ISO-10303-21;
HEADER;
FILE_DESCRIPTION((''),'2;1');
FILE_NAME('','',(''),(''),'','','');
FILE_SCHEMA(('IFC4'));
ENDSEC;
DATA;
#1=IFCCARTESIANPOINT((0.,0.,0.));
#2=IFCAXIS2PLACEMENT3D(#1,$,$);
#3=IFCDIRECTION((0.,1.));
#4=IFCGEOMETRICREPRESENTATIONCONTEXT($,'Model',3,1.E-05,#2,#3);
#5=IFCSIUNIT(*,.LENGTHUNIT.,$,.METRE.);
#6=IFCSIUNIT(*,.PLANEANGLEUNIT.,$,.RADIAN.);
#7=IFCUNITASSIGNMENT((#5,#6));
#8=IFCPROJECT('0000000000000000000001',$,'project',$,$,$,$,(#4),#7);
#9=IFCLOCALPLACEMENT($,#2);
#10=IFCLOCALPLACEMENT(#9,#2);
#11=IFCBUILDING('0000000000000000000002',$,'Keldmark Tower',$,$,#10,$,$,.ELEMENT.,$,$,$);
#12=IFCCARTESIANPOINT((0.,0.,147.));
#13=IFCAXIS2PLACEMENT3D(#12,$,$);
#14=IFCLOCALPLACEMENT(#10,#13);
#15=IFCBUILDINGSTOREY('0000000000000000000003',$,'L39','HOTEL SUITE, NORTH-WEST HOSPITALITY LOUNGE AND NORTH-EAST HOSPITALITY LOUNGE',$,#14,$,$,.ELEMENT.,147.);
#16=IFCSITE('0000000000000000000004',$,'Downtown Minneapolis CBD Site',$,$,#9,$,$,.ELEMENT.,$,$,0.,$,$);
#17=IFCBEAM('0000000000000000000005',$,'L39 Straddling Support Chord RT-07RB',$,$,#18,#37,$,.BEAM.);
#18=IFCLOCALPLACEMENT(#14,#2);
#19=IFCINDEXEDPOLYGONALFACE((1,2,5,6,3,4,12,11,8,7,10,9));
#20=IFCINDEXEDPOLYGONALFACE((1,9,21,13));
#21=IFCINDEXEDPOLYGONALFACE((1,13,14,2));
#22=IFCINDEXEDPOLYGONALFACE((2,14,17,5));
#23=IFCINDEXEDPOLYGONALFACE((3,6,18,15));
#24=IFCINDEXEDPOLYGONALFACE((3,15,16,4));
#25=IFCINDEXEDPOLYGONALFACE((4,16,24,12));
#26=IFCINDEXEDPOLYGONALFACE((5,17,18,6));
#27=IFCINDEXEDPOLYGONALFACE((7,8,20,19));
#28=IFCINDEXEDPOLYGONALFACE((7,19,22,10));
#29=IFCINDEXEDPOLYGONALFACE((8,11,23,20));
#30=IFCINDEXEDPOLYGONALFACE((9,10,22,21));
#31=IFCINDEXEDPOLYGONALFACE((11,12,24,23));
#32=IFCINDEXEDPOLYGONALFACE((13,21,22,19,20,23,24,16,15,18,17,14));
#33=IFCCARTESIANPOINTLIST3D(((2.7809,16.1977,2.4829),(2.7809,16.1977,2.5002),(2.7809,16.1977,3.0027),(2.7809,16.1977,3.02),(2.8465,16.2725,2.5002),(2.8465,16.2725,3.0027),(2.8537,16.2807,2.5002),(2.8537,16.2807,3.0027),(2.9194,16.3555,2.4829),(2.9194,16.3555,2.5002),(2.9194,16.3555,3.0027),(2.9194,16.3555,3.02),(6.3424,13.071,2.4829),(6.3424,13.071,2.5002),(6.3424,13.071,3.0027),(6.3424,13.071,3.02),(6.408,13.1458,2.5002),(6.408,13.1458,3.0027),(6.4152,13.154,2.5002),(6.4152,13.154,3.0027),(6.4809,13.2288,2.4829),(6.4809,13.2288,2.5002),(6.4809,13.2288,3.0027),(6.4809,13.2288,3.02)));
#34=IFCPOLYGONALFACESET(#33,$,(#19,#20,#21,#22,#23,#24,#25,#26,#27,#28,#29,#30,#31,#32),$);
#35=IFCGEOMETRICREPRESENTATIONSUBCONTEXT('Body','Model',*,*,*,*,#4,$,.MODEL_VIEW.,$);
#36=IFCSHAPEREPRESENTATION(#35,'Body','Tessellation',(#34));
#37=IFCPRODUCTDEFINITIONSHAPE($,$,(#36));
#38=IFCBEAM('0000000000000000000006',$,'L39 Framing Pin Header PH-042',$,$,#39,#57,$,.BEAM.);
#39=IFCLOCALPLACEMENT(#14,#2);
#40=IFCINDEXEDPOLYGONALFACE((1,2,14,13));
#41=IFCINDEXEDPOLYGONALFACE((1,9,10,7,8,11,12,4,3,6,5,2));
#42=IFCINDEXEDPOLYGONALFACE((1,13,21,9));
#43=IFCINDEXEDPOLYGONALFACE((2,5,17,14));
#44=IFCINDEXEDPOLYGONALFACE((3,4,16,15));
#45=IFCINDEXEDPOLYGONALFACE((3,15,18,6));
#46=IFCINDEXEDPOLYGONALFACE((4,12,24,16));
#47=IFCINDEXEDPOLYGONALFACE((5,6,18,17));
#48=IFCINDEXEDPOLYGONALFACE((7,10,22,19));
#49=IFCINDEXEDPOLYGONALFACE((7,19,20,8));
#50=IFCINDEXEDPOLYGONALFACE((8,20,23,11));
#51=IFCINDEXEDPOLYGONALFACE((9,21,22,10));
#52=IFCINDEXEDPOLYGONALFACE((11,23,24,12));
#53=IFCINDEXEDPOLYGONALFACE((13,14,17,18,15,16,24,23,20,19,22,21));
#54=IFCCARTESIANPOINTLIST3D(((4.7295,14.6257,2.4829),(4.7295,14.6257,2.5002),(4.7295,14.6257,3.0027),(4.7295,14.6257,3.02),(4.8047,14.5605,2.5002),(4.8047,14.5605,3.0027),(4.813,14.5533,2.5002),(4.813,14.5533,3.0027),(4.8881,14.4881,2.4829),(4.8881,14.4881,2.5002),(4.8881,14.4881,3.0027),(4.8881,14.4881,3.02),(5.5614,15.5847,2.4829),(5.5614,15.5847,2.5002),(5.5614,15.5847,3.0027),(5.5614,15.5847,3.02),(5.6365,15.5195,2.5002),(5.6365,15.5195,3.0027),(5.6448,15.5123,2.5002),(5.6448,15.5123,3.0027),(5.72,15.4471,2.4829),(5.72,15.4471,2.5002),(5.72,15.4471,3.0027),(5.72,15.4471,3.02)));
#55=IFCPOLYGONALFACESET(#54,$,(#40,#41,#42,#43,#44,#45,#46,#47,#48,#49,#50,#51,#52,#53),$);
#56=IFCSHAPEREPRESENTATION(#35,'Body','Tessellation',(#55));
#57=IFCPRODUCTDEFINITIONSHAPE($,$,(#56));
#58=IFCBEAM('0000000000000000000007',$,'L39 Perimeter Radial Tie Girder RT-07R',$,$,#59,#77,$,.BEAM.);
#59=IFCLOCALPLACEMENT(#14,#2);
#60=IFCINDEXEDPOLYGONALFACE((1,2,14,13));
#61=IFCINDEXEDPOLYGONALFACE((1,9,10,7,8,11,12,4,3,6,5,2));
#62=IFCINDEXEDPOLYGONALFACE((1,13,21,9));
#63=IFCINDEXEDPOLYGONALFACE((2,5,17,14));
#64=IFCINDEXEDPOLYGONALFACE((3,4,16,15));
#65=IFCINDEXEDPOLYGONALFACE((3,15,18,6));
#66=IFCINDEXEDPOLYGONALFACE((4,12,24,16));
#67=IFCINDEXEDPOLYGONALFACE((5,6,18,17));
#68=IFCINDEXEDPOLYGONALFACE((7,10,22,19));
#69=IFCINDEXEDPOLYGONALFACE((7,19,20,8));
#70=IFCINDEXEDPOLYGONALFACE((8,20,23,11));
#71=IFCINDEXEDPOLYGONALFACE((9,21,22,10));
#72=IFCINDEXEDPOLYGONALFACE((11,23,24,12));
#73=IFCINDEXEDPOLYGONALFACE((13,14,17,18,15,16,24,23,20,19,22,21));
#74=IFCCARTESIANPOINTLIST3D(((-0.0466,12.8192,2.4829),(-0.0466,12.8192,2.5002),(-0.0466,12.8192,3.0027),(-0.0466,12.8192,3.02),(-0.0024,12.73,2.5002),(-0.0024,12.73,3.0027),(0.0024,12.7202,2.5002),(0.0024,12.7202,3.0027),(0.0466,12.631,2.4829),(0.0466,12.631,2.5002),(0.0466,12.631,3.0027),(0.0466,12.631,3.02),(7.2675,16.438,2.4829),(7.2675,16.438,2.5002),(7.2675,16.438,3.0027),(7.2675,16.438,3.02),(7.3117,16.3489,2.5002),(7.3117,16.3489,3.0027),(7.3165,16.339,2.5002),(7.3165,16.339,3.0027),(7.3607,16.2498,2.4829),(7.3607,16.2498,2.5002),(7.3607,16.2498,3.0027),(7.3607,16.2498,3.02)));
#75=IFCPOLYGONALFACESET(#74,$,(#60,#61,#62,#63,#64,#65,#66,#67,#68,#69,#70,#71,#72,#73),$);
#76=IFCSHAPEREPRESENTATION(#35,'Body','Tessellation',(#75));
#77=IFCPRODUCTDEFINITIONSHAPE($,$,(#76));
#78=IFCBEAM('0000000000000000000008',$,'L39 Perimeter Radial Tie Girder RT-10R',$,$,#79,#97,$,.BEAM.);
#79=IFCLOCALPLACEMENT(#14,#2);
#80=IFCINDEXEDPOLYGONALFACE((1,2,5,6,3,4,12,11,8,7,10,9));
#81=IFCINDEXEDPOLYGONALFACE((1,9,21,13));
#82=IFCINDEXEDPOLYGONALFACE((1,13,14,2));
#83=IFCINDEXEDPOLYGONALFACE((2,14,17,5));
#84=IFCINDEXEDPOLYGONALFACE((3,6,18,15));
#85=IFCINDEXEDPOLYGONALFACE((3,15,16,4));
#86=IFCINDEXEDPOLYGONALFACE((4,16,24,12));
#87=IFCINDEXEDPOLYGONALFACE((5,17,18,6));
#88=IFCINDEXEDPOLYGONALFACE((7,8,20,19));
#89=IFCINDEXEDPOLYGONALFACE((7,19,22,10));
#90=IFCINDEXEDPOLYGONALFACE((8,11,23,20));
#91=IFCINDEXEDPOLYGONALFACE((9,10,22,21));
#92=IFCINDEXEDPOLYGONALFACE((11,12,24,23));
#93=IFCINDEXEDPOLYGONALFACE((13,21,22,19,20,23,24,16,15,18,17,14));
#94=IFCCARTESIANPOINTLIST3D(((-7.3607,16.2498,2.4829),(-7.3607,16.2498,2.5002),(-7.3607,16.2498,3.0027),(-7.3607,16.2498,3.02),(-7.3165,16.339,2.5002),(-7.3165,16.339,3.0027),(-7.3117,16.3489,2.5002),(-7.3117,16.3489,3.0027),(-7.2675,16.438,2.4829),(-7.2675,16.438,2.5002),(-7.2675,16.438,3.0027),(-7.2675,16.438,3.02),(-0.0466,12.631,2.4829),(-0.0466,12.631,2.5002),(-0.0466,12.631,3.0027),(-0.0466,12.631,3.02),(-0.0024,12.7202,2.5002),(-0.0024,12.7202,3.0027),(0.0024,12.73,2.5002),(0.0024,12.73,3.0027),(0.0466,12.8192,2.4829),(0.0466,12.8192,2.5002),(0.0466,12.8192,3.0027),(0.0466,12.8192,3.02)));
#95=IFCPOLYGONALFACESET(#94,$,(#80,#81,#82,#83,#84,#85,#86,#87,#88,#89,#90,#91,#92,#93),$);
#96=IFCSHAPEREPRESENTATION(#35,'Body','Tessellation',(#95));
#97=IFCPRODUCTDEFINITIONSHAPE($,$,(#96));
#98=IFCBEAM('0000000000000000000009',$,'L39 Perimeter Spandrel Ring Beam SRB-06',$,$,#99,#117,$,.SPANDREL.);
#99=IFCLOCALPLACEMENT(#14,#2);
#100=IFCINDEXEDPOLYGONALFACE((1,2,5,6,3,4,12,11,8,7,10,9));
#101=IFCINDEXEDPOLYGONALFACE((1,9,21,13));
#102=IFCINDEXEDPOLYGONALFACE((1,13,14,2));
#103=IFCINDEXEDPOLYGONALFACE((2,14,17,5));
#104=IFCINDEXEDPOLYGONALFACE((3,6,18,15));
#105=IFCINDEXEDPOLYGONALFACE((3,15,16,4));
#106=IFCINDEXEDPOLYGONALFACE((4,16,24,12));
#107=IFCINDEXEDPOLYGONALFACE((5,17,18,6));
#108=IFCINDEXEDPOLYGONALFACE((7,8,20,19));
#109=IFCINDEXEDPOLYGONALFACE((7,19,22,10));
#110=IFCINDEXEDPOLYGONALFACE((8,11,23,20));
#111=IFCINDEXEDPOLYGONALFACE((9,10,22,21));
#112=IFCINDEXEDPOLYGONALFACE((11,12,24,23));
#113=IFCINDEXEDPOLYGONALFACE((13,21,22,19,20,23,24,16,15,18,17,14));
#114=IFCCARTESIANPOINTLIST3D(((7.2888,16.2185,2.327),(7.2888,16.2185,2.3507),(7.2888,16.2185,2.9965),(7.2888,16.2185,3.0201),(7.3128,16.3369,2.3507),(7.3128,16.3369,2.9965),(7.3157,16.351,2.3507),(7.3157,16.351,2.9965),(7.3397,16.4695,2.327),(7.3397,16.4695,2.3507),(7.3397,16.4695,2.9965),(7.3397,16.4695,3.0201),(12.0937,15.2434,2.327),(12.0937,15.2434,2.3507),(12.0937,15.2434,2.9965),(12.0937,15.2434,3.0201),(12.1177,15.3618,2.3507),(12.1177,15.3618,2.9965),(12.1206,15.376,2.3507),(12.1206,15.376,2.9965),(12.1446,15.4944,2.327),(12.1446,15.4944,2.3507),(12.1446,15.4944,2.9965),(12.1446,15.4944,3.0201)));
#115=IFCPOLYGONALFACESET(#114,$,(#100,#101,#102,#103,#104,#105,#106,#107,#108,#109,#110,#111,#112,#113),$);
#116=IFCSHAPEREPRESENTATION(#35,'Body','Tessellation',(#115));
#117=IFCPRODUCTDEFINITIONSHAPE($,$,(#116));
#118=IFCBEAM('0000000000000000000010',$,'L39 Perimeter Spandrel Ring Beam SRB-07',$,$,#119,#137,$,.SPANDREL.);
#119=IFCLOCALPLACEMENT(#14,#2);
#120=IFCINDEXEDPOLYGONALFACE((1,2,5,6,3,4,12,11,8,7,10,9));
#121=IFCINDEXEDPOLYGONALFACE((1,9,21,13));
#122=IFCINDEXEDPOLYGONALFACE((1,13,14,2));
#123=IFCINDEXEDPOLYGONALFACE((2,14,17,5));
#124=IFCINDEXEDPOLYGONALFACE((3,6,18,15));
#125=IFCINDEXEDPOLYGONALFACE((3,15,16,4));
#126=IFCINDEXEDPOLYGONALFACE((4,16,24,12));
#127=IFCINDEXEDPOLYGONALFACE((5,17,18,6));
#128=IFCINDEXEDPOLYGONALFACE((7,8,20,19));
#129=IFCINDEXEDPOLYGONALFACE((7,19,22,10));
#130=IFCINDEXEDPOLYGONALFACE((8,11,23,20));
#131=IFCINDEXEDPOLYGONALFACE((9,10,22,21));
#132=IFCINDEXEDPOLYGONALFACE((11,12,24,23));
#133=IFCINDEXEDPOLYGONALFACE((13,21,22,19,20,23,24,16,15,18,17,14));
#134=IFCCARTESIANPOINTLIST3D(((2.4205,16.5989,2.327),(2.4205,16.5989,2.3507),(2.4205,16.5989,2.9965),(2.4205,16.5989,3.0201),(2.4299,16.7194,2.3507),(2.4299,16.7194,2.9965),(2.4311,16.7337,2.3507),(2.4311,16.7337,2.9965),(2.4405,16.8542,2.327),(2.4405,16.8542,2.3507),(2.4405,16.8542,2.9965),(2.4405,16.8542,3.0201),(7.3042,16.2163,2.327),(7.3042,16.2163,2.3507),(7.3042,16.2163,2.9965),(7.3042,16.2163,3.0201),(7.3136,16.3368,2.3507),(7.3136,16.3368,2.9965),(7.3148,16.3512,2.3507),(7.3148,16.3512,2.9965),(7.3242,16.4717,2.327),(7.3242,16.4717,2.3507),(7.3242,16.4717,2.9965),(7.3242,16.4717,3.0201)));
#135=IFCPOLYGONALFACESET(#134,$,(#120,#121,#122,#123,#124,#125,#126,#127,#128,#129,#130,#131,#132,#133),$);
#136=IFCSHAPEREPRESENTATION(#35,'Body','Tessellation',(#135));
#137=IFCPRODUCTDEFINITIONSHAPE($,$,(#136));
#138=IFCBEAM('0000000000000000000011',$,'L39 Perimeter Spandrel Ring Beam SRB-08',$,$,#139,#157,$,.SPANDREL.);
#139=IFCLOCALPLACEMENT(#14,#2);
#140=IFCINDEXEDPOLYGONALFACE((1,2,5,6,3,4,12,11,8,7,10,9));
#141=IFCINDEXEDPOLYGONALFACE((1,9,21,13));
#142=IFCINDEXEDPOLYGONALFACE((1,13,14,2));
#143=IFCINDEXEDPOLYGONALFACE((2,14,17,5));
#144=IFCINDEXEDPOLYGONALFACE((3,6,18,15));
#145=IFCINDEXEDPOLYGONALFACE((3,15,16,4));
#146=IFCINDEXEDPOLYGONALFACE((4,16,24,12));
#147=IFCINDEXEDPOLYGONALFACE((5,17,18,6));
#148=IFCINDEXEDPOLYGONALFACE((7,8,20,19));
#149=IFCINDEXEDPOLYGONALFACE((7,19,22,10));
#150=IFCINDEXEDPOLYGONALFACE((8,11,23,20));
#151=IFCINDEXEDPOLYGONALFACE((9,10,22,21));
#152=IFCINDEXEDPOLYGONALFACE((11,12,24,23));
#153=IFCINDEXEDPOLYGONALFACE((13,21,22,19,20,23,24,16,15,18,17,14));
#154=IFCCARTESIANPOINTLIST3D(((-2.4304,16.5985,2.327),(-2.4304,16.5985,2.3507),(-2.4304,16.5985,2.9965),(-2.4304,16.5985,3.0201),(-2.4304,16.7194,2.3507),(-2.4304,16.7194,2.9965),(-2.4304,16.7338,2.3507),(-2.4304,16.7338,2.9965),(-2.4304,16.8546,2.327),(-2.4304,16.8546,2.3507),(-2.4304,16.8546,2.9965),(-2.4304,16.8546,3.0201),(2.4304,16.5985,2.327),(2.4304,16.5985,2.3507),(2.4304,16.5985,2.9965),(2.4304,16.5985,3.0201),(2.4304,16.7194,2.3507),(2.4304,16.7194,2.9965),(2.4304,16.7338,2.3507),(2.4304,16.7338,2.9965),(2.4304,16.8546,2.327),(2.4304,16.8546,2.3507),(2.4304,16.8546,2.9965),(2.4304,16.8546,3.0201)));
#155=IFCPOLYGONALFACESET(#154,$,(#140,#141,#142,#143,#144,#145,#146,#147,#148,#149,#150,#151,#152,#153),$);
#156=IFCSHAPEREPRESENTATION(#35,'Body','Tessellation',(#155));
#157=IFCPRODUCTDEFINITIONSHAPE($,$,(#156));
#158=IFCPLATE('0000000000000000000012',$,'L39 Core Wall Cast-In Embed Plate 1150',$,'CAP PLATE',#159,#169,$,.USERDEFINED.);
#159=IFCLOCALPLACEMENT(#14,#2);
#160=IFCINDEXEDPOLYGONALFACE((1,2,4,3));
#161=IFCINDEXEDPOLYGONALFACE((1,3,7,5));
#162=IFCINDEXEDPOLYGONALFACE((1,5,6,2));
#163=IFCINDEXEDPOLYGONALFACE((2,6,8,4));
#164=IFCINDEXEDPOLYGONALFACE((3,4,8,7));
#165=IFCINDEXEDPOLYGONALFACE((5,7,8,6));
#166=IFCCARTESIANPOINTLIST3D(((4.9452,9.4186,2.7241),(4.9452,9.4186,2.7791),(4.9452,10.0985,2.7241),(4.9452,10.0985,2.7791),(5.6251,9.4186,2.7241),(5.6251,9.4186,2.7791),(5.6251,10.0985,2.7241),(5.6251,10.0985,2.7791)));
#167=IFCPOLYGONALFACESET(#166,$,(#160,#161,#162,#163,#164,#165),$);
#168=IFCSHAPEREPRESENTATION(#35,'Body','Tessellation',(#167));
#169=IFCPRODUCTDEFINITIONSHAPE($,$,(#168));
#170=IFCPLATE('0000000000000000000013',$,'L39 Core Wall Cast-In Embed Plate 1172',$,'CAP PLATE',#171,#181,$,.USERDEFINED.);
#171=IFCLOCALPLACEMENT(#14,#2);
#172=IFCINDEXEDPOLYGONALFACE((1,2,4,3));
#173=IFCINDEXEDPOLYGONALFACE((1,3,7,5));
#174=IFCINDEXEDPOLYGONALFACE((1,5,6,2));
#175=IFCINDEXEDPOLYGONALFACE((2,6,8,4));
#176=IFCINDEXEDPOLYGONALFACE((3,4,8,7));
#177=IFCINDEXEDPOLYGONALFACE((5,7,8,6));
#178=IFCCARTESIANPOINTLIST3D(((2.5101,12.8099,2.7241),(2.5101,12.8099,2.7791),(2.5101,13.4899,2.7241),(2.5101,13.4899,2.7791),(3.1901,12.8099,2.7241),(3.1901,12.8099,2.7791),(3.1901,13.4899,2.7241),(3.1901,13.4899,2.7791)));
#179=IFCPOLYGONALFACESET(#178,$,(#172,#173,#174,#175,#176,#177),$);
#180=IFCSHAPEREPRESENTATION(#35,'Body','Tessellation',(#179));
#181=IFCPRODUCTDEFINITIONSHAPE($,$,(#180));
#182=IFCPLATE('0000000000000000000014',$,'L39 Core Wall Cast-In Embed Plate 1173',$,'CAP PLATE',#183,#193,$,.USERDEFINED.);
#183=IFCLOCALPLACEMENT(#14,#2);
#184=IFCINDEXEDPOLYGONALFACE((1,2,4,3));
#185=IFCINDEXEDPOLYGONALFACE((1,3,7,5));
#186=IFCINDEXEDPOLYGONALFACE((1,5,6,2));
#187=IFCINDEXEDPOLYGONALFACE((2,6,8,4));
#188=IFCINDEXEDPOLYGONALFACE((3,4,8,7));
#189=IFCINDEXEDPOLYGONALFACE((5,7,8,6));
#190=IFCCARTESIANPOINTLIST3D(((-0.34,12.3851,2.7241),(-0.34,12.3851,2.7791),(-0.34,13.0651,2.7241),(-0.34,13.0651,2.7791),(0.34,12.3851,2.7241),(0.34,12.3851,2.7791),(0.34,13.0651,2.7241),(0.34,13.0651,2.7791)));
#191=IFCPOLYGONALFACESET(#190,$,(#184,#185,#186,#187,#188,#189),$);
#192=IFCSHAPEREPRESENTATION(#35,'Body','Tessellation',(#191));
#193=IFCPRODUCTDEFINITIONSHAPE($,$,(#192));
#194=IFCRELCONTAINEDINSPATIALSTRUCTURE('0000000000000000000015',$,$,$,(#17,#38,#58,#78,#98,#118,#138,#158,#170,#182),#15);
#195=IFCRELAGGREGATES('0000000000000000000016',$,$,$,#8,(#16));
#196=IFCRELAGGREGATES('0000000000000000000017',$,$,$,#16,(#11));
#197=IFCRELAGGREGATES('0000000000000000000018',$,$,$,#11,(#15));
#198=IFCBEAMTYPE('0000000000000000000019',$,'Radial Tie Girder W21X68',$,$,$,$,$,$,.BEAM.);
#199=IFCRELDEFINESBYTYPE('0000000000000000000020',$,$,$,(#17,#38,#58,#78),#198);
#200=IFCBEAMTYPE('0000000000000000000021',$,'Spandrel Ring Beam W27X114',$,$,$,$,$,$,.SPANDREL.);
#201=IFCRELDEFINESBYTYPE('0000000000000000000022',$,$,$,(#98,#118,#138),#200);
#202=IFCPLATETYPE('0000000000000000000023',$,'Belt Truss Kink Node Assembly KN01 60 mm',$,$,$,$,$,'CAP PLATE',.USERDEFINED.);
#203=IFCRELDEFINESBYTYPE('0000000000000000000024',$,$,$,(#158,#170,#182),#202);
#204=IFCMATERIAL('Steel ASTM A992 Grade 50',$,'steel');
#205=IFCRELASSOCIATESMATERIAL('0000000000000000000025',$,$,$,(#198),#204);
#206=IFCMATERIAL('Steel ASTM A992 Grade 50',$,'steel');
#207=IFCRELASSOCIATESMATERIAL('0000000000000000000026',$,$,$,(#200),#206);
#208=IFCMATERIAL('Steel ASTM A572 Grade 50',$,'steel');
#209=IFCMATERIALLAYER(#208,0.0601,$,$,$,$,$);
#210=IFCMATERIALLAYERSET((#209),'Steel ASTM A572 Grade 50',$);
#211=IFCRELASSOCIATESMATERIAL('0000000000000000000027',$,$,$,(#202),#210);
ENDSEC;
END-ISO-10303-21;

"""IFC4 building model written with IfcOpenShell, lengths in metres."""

from ifc_helpers import new_model, si_unit, direction, frame, origin, origin_2d, place, context, subcontext, project, spatial, rectangle, i_section, extrude, material, layer, layer_set, material_profile, profile_set, type_object, element, save


model = new_model("IFC4")

# Units and contexts
model_context = context("Model", 3, precision=1e-05, world=origin(), true_north=direction((0.0, 1.0)))
body_context = subcontext(model_context, "Body", "Model", "MODEL_VIEW")
ifc_project = project(units=[si_unit("LENGTHUNIT", "METRE"), si_unit("PLANEANGLEUNIT", "RADIAN")], contexts=[model_context])

# Site, building, storey
site_placement = place(None, origin())
site = spatial("IfcSite", under=ifc_project, at=site_placement, Name="Downtown Minneapolis CBD Site", CompositionType="ELEMENT", RefElevation=0.0)
building_placement = place(site_placement, origin())
building = spatial("IfcBuilding", under=site, at=building_placement, Name="Keldmark Tower", CompositionType="ELEMENT")
storey_placement = place(building_placement, frame((0.0, 0.0, 147.0)))
storey = spatial("IfcBuildingStorey", under=building, at=storey_placement, Name="L39", Description="HOTEL SUITE, NORTH-WEST HOSPITALITY LOUNGE AND NORTH-EAST HOSPITALITY LOUNGE", CompositionType="ELEMENT", Elevation=147.0)

# Beams
ifc_material_1 = material(Name="Steel ASTM A992 Grade 50", Category="steel")
ifc_material_profile_1 = material_profile(ifc_material_1, i_section(OverallWidth=0.21, OverallDepth=0.5371, WebThickness=0.011, FlangeThickness=0.0173, at=origin_2d()), Name="W21X68")
ifc_profile_set_1 = profile_set([ifc_material_profile_1], Name="Steel ASTM A992 Grade 50")
beam_type_1 = type_object("IfcBeamType", Name="Radial Tie Girder W21X68", PredefinedType="BEAM", material=ifc_profile_set_1)
beam_1_placement = place(storey_placement, frame((6.4116, 13.1499, 2.7515), z_axis=(-0.751491, 0.659744, 0.0), x_axis=(-0.659744, -0.751491, 0.0)))
element("IfcBeam", 1, at=beam_1_placement, inside=storey, type_object=beam_type_1, Name="L39 Straddling Support Chord RT-07RB", PredefinedType="BEAM", context=body_context, shape_type="SweptSolid", body=[
    extrude(i_section(OverallWidth=0.21, OverallDepth=0.5371, WebThickness=0.011, FlangeThickness=0.0173, at=origin_2d()), origin(), (0.0, 0.0, 1.0), 4.7393),
])
beam_2_placement = place(storey_placement, frame((4.8088, 14.5569, 2.7515), z_axis=(0.655231, 0.755429, 0.0), x_axis=(-0.755429, 0.655231, 0.0)))
element("IfcBeam", 2, at=beam_2_placement, inside=storey, type_object=beam_type_1, Name="L39 Framing Pin Header PH-042", PredefinedType="BEAM", context=body_context, shape_type="SweptSolid", body=[
    extrude(i_section(OverallWidth=0.21, OverallDepth=0.5371, WebThickness=0.011, FlangeThickness=0.0173, at=origin_2d()), origin(), (0.0, 0.0, 1.0), 1.2695),
])
for number, where, z_axis, x_axis, name in (
    (3, (0.0, 12.7251, 2.7515), (0.896292, 0.443464, 0.0), (-0.443464, 0.896292, 0.0), "L39 Perimeter Radial Tie Girder RT-07R"),
    (4, (0.0, 12.7251, 2.7515), (-0.896292, 0.443464, 0.0), (-0.443464, -0.896292, 0.0), "L39 Perimeter Radial Tie Girder RT-10R"),
):
    element("IfcBeam", number, at=place(storey_placement, frame(where, z_axis=z_axis, x_axis=x_axis)), inside=storey, type_object=beam_type_1, Name=name, PredefinedType="BEAM", context=body_context, shape_type="SweptSolid", body=[
        extrude(i_section(OverallWidth=0.21, OverallDepth=0.5371, WebThickness=0.011, FlangeThickness=0.0173, at=origin_2d()), origin(), (0.0, 0.0, 1.0), 8.1604),
    ])
ifc_material_2 = material(Name="Steel ASTM A992 Grade 50", Category="steel")
ifc_material_profile_2 = material_profile(ifc_material_2, i_section(OverallWidth=0.2561, OverallDepth=0.6931, WebThickness=0.0144, FlangeThickness=0.0237, at=origin_2d()), Name="W27X114")
ifc_profile_set_2 = profile_set([ifc_material_profile_2], Name="Steel ASTM A992 Grade 50")
beam_type_2 = type_object("IfcBeamType", Name="Spandrel Ring Beam W27X114", PredefinedType="SPANDREL", material=ifc_profile_set_2)
beam_3_placement = place(storey_placement, frame((12.1191, 15.3689, 2.6736), z_axis=(-0.980023, 0.198883, 0.0), x_axis=(-0.198883, -0.980023, 0.0)))
element("IfcBeam", 5, at=beam_3_placement, inside=storey, type_object=beam_type_2, Name="L39 Perimeter Spandrel Ring Beam SRB-06", PredefinedType="SPANDREL", context=body_context, shape_type="SweptSolid", body=[
    extrude(i_section(OverallWidth=0.2561, OverallDepth=0.6931, WebThickness=0.0144, FlangeThickness=0.0237, at=origin_2d()), origin(), (0.0, 0.0, 1.0), 4.9028),
])
beam_4_placement = place(storey_placement, frame((7.3142, 16.344, 2.6736), z_axis=(-0.996946, 0.078095, 0.0), x_axis=(-0.078095, -0.996946, 0.0)))
element("IfcBeam", 6, at=beam_4_placement, inside=storey, type_object=beam_type_2, Name="L39 Perimeter Spandrel Ring Beam SRB-07", PredefinedType="SPANDREL", context=body_context, shape_type="SweptSolid", body=[
    extrude(i_section(OverallWidth=0.2561, OverallDepth=0.6931, WebThickness=0.0144, FlangeThickness=0.0237, at=origin_2d()), origin(), (0.0, 0.0, 1.0), 4.8987),
])
beam_5_placement = place(storey_placement, frame((2.4304, 16.7266, 2.6736), z_axis=(-1.0, 0.0, 0.0), x_axis=(0.0, -1.0, 0.0)))
element("IfcBeam", 7, at=beam_5_placement, inside=storey, type_object=beam_type_2, Name="L39 Perimeter Spandrel Ring Beam SRB-08", PredefinedType="SPANDREL", context=body_context, shape_type="SweptSolid", body=[
    extrude(i_section(OverallWidth=0.2561, OverallDepth=0.6931, WebThickness=0.0144, FlangeThickness=0.0237, at=origin_2d()), origin(), (0.0, 0.0, 1.0), 4.8608),
])

# Plates
ifc_material_3 = material(Name="Steel ASTM A572 Grade 50", Category="steel")
ifc_layer_1 = layer(ifc_material_3, 0.0601)
ifc_layer_set_1 = layer_set([ifc_layer_1], Name="Steel ASTM A572 Grade 50")
plate_type_1 = type_object("IfcPlateType", Name="Belt Truss Kink Node Assembly KN01 60 mm", ElementType="CAP PLATE", PredefinedType="USERDEFINED", material=ifc_layer_set_1)
for number, where, z_axis, x_axis, name in (
    (8, (5.2852, 9.7585, 2.7241), (0.0, 0.0, 1.0), (1.0, 0.0, 0.0), "L39 Core Wall Cast-In Embed Plate 1150"),
    (9, (2.8501, 13.1499, 2.7241), (0.0, 0.0, 1.0), (1.0, 0.0, 0.0), "L39 Core Wall Cast-In Embed Plate 1172"),
    (10, (0.0, 12.7251, 2.7241), (0.0, 0.0, 1.0), (1.0, 0.0, 0.0), "L39 Core Wall Cast-In Embed Plate 1173"),
):
    element("IfcPlate", number, at=place(storey_placement, frame(where, z_axis=z_axis, x_axis=x_axis)), inside=storey, type_object=plate_type_1, Name=name, ObjectType="CAP PLATE", PredefinedType="USERDEFINED", context=body_context, shape_type="SweptSolid", body=[
        extrude(rectangle(XDim=0.6799, YDim=0.6799, at=origin_2d()), origin(), (0.0, 0.0, 1.0), 0.0549),
    ])

save(model, "model.ifc")
